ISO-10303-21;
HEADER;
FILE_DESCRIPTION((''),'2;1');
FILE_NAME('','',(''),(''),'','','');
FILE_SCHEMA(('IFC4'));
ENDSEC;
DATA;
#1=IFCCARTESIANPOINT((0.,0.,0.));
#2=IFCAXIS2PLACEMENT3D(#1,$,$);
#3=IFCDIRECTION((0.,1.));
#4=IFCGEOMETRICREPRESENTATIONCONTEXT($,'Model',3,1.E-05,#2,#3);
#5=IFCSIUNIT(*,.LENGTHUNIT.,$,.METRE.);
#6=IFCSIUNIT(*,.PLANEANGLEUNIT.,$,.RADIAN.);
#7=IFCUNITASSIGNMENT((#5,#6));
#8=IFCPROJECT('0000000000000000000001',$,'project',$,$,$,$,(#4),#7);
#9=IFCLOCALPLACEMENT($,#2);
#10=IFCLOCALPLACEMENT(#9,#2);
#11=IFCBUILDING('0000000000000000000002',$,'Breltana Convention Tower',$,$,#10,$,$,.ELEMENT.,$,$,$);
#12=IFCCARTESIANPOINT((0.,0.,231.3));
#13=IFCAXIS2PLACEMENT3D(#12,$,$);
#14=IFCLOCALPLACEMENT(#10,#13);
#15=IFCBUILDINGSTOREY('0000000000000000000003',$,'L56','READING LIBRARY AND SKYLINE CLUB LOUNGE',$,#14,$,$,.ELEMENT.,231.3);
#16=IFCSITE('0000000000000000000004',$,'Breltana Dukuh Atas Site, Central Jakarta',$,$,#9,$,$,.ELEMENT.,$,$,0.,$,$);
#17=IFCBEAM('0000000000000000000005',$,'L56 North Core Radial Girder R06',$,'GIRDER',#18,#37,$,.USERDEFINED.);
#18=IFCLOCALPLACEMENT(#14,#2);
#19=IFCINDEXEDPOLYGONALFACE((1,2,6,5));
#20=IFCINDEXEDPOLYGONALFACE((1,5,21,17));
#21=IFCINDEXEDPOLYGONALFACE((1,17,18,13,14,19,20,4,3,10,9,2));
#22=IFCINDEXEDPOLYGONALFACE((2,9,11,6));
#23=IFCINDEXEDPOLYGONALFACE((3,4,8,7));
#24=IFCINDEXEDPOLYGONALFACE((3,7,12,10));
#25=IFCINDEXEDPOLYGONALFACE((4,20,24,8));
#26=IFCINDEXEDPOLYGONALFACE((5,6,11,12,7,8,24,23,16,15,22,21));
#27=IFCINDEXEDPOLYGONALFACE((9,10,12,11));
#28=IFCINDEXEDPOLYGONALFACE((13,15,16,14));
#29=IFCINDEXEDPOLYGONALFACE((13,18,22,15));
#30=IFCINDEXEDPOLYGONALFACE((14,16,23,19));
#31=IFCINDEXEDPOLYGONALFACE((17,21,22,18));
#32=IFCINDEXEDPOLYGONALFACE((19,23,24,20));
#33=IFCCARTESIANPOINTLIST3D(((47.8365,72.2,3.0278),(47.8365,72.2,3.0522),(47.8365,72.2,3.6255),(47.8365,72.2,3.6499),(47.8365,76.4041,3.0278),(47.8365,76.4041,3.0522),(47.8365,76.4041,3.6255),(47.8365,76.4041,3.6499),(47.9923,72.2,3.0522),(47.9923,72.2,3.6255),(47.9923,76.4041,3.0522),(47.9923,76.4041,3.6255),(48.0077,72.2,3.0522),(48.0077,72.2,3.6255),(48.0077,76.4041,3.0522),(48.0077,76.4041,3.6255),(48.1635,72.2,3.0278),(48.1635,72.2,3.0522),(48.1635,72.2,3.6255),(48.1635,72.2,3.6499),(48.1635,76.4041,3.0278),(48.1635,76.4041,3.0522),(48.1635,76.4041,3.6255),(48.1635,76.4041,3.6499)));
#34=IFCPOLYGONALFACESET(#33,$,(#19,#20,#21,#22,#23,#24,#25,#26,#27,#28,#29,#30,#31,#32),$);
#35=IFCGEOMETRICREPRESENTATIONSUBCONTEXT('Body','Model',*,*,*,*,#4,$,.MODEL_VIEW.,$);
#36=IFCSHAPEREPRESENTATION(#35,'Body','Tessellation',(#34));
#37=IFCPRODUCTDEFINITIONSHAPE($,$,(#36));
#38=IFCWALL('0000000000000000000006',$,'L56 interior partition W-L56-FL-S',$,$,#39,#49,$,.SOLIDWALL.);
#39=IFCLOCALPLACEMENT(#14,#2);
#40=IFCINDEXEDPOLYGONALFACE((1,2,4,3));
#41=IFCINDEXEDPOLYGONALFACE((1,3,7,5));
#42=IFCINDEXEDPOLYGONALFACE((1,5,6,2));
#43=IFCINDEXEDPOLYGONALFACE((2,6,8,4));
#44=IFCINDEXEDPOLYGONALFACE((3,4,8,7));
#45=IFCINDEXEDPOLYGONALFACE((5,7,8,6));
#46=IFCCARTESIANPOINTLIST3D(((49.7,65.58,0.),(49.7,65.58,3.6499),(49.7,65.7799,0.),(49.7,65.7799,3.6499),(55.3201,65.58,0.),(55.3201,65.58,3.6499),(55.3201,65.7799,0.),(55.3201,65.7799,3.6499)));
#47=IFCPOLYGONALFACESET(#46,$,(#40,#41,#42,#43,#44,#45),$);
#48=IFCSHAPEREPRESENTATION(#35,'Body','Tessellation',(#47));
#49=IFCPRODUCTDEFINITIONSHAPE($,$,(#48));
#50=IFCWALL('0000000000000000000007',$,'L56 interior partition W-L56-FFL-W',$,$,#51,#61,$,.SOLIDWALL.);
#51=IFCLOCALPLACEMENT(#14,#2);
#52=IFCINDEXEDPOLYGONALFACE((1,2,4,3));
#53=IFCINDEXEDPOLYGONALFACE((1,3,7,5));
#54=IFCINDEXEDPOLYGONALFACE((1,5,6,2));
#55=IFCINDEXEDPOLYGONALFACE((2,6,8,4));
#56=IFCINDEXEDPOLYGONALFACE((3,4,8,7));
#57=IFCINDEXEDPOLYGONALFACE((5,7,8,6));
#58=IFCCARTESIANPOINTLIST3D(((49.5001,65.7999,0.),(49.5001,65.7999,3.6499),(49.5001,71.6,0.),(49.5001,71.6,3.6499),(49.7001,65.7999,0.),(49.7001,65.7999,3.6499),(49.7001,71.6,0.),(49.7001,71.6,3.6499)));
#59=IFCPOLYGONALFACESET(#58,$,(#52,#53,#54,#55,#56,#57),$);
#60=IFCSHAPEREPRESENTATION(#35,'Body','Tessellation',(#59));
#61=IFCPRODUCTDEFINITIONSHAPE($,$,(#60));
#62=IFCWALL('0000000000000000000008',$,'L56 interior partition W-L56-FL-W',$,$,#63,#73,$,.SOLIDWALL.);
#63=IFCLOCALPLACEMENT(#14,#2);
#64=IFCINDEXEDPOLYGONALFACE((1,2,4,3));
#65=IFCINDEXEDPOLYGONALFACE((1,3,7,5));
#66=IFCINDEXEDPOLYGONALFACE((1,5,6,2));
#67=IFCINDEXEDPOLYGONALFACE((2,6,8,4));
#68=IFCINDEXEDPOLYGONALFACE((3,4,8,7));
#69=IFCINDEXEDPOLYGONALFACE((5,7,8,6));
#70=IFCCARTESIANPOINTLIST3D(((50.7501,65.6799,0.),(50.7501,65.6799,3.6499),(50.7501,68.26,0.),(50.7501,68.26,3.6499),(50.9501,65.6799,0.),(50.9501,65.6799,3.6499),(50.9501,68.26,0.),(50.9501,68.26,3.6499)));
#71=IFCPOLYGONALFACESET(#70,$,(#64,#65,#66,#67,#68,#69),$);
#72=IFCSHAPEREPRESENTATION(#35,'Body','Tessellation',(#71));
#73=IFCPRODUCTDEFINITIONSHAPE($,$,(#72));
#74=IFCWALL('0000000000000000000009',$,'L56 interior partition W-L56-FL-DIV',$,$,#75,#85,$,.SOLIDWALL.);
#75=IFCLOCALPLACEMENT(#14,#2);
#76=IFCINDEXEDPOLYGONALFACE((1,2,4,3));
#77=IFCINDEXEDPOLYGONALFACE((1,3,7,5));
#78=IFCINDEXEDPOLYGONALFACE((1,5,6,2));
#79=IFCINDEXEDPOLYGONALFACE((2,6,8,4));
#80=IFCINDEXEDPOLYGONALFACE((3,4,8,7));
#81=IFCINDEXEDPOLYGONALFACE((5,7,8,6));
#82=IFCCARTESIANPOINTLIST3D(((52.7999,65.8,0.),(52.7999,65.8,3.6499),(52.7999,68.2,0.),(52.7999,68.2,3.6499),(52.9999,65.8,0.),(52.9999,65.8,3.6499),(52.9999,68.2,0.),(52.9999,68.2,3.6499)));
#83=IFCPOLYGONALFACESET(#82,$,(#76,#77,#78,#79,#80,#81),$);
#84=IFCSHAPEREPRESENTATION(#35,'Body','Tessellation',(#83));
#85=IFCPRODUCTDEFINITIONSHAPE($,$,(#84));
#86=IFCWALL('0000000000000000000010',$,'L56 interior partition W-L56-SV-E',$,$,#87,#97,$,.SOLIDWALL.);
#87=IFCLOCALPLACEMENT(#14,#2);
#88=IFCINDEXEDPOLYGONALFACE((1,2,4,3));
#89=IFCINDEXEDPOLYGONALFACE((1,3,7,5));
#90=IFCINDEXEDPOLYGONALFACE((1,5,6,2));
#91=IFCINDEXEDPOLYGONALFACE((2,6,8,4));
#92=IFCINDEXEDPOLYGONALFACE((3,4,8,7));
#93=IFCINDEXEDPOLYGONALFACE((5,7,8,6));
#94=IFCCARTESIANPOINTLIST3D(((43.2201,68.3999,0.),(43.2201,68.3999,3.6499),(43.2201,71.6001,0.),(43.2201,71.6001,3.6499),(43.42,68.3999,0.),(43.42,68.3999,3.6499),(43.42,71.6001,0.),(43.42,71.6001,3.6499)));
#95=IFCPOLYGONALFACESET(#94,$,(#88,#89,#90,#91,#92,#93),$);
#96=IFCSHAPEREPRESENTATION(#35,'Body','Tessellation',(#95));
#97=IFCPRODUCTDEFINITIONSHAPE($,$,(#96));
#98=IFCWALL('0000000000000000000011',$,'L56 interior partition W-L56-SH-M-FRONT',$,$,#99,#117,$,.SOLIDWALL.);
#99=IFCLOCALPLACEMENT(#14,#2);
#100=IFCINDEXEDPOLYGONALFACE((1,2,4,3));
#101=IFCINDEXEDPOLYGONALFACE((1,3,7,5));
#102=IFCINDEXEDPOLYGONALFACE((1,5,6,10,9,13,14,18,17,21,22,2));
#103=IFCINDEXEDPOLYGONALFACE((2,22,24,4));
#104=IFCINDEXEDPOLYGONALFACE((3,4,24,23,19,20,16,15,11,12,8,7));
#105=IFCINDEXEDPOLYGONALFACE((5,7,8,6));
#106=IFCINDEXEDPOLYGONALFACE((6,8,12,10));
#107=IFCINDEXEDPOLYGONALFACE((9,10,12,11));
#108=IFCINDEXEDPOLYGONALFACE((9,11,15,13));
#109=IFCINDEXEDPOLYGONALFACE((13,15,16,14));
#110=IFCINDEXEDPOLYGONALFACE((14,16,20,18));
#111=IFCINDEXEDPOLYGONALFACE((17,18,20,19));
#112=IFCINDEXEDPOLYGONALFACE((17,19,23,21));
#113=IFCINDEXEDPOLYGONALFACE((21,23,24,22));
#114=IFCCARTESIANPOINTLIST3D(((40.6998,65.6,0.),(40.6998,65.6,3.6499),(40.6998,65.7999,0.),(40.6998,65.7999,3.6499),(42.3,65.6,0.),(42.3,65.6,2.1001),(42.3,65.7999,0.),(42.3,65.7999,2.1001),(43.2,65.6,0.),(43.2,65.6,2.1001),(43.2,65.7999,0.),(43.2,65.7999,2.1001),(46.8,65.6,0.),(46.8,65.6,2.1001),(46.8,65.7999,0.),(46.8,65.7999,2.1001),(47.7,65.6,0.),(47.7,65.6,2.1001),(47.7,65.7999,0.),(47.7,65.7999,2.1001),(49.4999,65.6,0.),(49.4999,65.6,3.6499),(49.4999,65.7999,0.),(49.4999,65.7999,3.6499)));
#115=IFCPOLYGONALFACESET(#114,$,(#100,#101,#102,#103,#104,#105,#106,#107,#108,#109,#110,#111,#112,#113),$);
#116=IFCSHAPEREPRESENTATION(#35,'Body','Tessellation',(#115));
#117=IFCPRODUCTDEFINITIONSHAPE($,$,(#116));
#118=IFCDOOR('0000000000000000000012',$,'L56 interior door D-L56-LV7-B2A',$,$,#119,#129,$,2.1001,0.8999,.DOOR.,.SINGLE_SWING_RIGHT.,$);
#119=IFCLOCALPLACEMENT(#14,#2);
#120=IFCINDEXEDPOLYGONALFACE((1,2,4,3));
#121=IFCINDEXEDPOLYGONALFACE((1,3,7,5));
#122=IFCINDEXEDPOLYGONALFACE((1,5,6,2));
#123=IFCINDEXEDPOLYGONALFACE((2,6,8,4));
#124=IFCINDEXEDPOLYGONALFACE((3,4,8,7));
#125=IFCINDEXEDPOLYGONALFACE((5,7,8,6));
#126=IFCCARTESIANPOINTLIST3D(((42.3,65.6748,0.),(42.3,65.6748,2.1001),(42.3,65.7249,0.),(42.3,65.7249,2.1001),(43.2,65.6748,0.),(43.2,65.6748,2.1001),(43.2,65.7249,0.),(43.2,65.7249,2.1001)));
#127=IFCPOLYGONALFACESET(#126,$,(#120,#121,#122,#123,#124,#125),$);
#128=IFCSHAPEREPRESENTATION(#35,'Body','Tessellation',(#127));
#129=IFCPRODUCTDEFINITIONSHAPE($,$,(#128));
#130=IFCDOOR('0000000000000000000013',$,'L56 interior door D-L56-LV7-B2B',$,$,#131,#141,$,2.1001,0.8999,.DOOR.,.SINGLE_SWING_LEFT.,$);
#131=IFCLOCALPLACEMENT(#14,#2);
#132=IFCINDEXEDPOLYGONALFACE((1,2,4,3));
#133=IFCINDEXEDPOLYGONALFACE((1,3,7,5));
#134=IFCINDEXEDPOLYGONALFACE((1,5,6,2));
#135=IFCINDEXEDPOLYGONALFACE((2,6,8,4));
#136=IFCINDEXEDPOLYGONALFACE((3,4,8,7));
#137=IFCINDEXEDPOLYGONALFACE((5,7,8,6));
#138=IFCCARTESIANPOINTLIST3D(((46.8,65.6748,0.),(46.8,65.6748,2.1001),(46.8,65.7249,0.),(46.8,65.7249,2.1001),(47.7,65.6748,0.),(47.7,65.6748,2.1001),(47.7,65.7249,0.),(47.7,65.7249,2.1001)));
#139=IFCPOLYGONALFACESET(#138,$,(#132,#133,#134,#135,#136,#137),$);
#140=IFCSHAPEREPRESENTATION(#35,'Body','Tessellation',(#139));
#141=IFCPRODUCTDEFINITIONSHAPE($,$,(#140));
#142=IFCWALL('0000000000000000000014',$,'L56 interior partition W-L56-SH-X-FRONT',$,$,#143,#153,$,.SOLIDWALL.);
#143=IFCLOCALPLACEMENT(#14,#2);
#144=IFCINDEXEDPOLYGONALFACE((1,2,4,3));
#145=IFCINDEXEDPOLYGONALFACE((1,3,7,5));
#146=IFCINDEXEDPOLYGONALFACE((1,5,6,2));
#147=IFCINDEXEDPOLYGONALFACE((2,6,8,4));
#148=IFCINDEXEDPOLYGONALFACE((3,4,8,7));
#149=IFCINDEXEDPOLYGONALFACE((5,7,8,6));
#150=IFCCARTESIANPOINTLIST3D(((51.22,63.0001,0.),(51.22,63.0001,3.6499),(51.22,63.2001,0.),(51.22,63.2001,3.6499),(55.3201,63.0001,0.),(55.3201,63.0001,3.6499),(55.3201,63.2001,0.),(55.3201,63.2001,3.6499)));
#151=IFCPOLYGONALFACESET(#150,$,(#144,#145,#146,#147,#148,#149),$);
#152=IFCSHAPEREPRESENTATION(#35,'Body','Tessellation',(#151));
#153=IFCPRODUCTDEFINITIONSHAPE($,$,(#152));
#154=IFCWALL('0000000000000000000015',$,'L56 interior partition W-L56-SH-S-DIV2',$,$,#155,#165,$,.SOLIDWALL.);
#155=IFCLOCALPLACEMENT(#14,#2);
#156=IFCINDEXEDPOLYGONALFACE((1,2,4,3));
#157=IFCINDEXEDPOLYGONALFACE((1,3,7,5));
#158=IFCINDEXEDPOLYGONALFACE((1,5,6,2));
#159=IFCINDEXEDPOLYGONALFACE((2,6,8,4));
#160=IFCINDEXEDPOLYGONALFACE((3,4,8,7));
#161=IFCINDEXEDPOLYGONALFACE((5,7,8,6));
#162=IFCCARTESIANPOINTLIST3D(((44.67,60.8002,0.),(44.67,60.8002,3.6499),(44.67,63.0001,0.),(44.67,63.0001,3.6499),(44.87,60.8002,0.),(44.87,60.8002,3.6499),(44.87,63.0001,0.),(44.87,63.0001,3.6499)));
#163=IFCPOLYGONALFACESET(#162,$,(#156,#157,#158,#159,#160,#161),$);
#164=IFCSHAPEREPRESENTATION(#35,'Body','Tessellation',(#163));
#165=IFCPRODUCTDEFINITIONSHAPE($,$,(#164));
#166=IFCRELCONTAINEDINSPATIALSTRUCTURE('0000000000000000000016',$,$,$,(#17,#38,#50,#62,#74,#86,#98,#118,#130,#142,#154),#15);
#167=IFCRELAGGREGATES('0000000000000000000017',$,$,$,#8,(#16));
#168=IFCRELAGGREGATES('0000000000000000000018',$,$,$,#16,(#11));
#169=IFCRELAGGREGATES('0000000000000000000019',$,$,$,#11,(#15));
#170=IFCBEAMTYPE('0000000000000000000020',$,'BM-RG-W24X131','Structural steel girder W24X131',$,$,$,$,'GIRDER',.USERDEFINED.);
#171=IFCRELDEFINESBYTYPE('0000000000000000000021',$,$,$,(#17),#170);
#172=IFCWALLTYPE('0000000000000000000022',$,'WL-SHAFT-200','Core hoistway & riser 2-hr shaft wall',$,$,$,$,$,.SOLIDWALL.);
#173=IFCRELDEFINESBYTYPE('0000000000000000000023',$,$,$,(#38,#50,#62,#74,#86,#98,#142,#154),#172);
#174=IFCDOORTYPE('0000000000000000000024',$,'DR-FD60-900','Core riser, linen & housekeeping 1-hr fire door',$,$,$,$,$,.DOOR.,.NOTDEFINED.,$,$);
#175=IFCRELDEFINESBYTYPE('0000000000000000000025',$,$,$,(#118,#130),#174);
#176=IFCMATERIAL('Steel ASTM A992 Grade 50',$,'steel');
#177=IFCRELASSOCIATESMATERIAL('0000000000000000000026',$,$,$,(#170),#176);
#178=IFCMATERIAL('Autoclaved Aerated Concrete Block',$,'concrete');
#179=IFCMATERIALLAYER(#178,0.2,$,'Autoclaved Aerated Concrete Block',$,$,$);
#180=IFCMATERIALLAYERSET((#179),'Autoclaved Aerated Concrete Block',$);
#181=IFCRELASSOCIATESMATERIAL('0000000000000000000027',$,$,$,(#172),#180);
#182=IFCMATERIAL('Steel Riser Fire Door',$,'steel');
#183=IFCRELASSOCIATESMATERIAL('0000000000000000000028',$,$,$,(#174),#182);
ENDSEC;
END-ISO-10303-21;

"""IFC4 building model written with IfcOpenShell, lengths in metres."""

from ifc_helpers import new_model, si_unit, direction, frame, frame_2d, origin, origin_2d, place, context, subcontext, project, spatial, rectangle, i_section, extrude, source, transform, mapped, material, layer, layer_set, material_profile, profile_set, type_object, type_shapes, element, fill, save


model = new_model("IFC4")

# Units and contexts
model_context = context("Model", 3, precision=1e-05, world=origin(), true_north=direction((0.0, 1.0)))
body_context = subcontext(model_context, "Body", "Model", "MODEL_VIEW")
ifc_project = project(units=[si_unit("LENGTHUNIT", "METRE"), si_unit("PLANEANGLEUNIT", "RADIAN")], contexts=[model_context])

# Site, building, storey
site_placement = place(None, origin())
site = spatial("IfcSite", under=ifc_project, at=site_placement, Name="Breltana Dukuh Atas Site, Central Jakarta", CompositionType="ELEMENT", RefElevation=0.0)
building_placement = place(site_placement, origin())
building = spatial("IfcBuilding", under=site, at=building_placement, Name="Breltana Convention Tower", CompositionType="ELEMENT")
storey_placement = place(building_placement, frame((0.0, 0.0, 231.3)))
storey = spatial("IfcBuildingStorey", under=building, at=storey_placement, Name="L56", Description="READING LIBRARY AND SKYLINE CLUB LOUNGE", CompositionType="ELEMENT", Elevation=231.3)

# Beam
ifc_material_1 = material(Name="Steel ASTM A992 Grade 50", Category="steel")
ifc_material_profile = material_profile(ifc_material_1, i_section(OverallWidth=0.3269, OverallDepth=0.6221, WebThickness=0.0154, FlangeThickness=0.0244, at=origin_2d()), Name="W24X131")
ifc_profile_set = profile_set([ifc_material_profile], Name="Steel ASTM A992 Grade 50")
beam_type = type_object("IfcBeamType", Name="BM-RG-W24X131", Description="Structural steel girder W24X131", ElementType="GIRDER", PredefinedType="USERDEFINED", material=ifc_profile_set)
shared_shape_1 = source(origin(), body_context, "Body", "SweptSolid", [
    extrude(i_section(OverallWidth=0.3269, OverallDepth=0.6221, WebThickness=0.0154, FlangeThickness=0.0244, at=origin_2d()), origin(), (0.0, 0.0, 1.0), 4.2041),
])
beam_placement = place(storey_placement, frame((48.0, 72.2, 3.3389), z_axis=(0.0, 1.0, 0.0), x_axis=(-1.0, 0.0, 0.0)))
element("IfcBeam", 1, at=beam_placement, inside=storey, type_object=beam_type, Name="L56 North Core Radial Girder R06", ObjectType="GIRDER", PredefinedType="USERDEFINED", context=body_context, shape_type="MappedRepresentation", body=[
    mapped(shared_shape_1, transform((0.0, 0.0, 0.0), scale=1.0)),
])

# Shared definitions
ifc_material_2 = material(Name="Autoclaved Aerated Concrete Block", Category="concrete")
ifc_layer_1 = layer(ifc_material_2, 0.2, Name="Autoclaved Aerated Concrete Block")
ifc_layer_set_1 = layer_set([ifc_layer_1], Name="Autoclaved Aerated Concrete Block")
wall_type_1 = type_object("IfcWallType", Name="WL-SHAFT-200", Description="Core hoistway & riser 2-hr shaft wall", PredefinedType="SOLIDWALL", material=ifc_layer_set_1)
shared_shape_2 = source(origin(), body_context, "Body", "SweptSolid", [
    extrude(rectangle(XDim=5.6201, YDim=0.2, at=frame_2d((2.8101, 0.0))), origin(), (0.0, 0.0, 1.0), 3.6499),
])

# Walls
wall_1_placement = place(storey_placement, frame((49.7, 65.6799, 0.0), z_axis=(0.0, 0.0, 1.0), x_axis=(1.0, 0.0, 0.0)))
element("IfcWall", 2, at=wall_1_placement, inside=storey, type_object=wall_type_1, Name="L56 interior partition W-L56-FL-S", PredefinedType="SOLIDWALL", context=body_context, shape_type="MappedRepresentation", body=[
    mapped(shared_shape_2, transform((0.0, 0.0, 0.0), scale=1.0)),
])
shared_shape_3 = source(origin(), body_context, "Body", "SweptSolid", [
    extrude(rectangle(XDim=5.8, YDim=0.2, at=frame_2d((2.8999, 0.0))), origin(), (0.0, 0.0, 1.0), 3.6499),
])
wall_2_placement = place(storey_placement, frame((49.6001, 65.8, 0.0), z_axis=(0.0, 0.0, 1.0), x_axis=(0.0, 1.0, 0.0)))
element("IfcWall", 3, at=wall_2_placement, inside=storey, type_object=wall_type_1, Name="L56 interior partition W-L56-FFL-W", PredefinedType="SOLIDWALL", context=body_context, shape_type="MappedRepresentation", body=[
    mapped(shared_shape_3, transform((0.0, 0.0, 0.0), scale=1.0)),
])
shared_shape_4 = source(origin(), body_context, "Body", "SweptSolid", [
    extrude(rectangle(XDim=2.5801, YDim=0.2, at=frame_2d((1.29, 0.0))), origin(), (0.0, 0.0, 1.0), 3.6499),
])
wall_3_placement = place(storey_placement, frame((50.8501, 65.6799, 0.0), z_axis=(0.0, 0.0, 1.0), x_axis=(0.0, 1.0, 0.0)))
element("IfcWall", 4, at=wall_3_placement, inside=storey, type_object=wall_type_1, Name="L56 interior partition W-L56-FL-W", PredefinedType="SOLIDWALL", context=body_context, shape_type="MappedRepresentation", body=[
    mapped(shared_shape_4, transform((0.0, 0.0, 0.0), scale=1.0)),
])
shared_shape_5 = source(origin(), body_context, "Body", "SweptSolid", [
    extrude(rectangle(XDim=2.3999, YDim=0.2, at=frame_2d((1.2, 0.0))), origin(), (0.0, 0.0, 1.0), 3.6499),
])
wall_4_placement = place(storey_placement, frame((52.8999, 65.8, 0.0), z_axis=(0.0, 0.0, 1.0), x_axis=(0.0, 1.0, 0.0)))
element("IfcWall", 5, at=wall_4_placement, inside=storey, type_object=wall_type_1, Name="L56 interior partition W-L56-FL-DIV", PredefinedType="SOLIDWALL", context=body_context, shape_type="MappedRepresentation", body=[
    mapped(shared_shape_5, transform((0.0, 0.0, 0.0), scale=1.0)),
])
shared_shape_6 = source(origin(), body_context, "Body", "SweptSolid", [
    extrude(rectangle(XDim=3.2002, YDim=0.2, at=frame_2d((1.6001, 0.0))), origin(), (0.0, 0.0, 1.0), 3.6499),
])
wall_5_placement = place(storey_placement, frame((43.3201, 68.3999, 0.0), z_axis=(0.0, 0.0, 1.0), x_axis=(0.0, 1.0, 0.0)))
element("IfcWall", 6, at=wall_5_placement, inside=storey, type_object=wall_type_1, Name="L56 interior partition W-L56-SV-E", PredefinedType="SOLIDWALL", context=body_context, shape_type="MappedRepresentation", body=[
    mapped(shared_shape_6, transform((0.0, 0.0, 0.0), scale=1.0)),
])

# Wall, openings, doors
shared_shape_7 = source(origin(), body_context, "Body", "SweptSolid", [
    extrude(rectangle(XDim=8.8, YDim=0.2, at=frame_2d((4.3999, 0.0))), origin(), (0.0, 0.0, 1.0), 3.6499),
])
wall_6_placement = place(storey_placement, frame((40.7, 65.7, 0.0), z_axis=(0.0, 0.0, 1.0), x_axis=(1.0, 0.0, 0.0)))
wall_6 = element("IfcWall", 7, at=wall_6_placement, inside=storey, type_object=wall_type_1, Name="L56 interior partition W-L56-SH-M-FRONT", PredefinedType="SOLIDWALL", context=body_context, shape_type="MappedRepresentation", body=[
    mapped(shared_shape_7, transform((0.0, 0.0, 0.0), scale=1.0)),
])
opening_1_placement = place(wall_6_placement, frame((1.6001, 0.0, 0.0)))
opening_1 = element("IfcOpeningElement", 8, at=opening_1_placement, cuts=wall_6, PredefinedType="OPENING", context=body_context, shape_type="SweptSolid", body=[
    extrude(rectangle(XDim=0.8999, YDim=2.1001, at=frame_2d((0.45, 1.05))), frame((0.0, 0.1099, 0.0), z_axis=(0.0, -1.0, 0.0), x_axis=(1.0, 0.0, 0.0)), (0.0, 0.0, 1.0), 0.22),
])
opening_2_placement = place(wall_6_placement, frame((6.1001, 0.0, 0.0)))
opening_2 = element("IfcOpeningElement", 9, at=opening_2_placement, cuts=wall_6, PredefinedType="OPENING", context=body_context, shape_type="SweptSolid", body=[
    extrude(rectangle(XDim=0.8999, YDim=2.1001, at=frame_2d((0.45, 1.05))), frame((0.0, 0.1099, 0.0), z_axis=(0.0, -1.0, 0.0), x_axis=(1.0, 0.0, 0.0)), (0.0, 0.0, 1.0), 0.22),
])
ifc_material_3 = material(Name="Steel Riser Fire Door", Category="steel")
door_type_1 = type_object("IfcDoorType", Name="DR-FD60-900", Description="Core riser, linen & housekeeping 1-hr fire door", OperationType="NOTDEFINED", PredefinedType="DOOR", material=ifc_material_3)
shared_shape_8 = source(origin(), body_context, "Body", "SweptSolid", [
    extrude(rectangle(XDim=0.8999, YDim=2.1001, at=frame_2d((0.45, 1.05))), frame((0.0, 0.0249, 0.0), z_axis=(0.0, -1.0, 0.0), x_axis=(1.0, 0.0, 0.0)), (0.0, 0.0, 1.0), 0.05),
])
type_shapes(door_type_1, [shared_shape_8])
door_1_placement = place(opening_1_placement, origin())
door_1 = element("IfcDoor", 10, at=door_1_placement, inside=storey, type_object=door_type_1, Name="L56 interior door D-L56-LV7-B2A", OperationType="SINGLE_SWING_RIGHT", OverallHeight=2.1001, OverallWidth=0.8999, PredefinedType="DOOR", context=body_context, shape_type="MappedRepresentation", body=[
    mapped(shared_shape_8, transform((0.0, 0.0, 0.0), scale=1.0)),
])
fill(opening_1, door_1)
door_2_placement = place(opening_2_placement, origin())
door_2 = element("IfcDoor", 11, at=door_2_placement, inside=storey, type_object=door_type_1, Name="L56 interior door D-L56-LV7-B2B", OperationType="SINGLE_SWING_LEFT", OverallHeight=2.1001, OverallWidth=0.8999, PredefinedType="DOOR", context=body_context, shape_type="MappedRepresentation", body=[
    mapped(shared_shape_8, transform((0.0, 0.0, 0.0), scale=1.0)),
])
fill(opening_2, door_2)

# Walls
shared_shape_9 = source(origin(), body_context, "Body", "SweptSolid", [
    extrude(rectangle(XDim=4.1001, YDim=0.2, at=frame_2d((2.05, 0.0))), origin(), (0.0, 0.0, 1.0), 3.6499),
])
wall_7_placement = place(storey_placement, frame((51.22, 63.1001, 0.0), z_axis=(0.0, 0.0, 1.0), x_axis=(1.0, 0.0, 0.0)))
element("IfcWall", 12, at=wall_7_placement, inside=storey, type_object=wall_type_1, Name="L56 interior partition W-L56-SH-X-FRONT", PredefinedType="SOLIDWALL", context=body_context, shape_type="MappedRepresentation", body=[
    mapped(shared_shape_9, transform((0.0, 0.0, 0.0), scale=1.0)),
])
shared_shape_10 = source(origin(), body_context, "Body", "SweptSolid", [
    extrude(rectangle(XDim=2.2, YDim=0.2, at=frame_2d((1.1001, 0.0))), origin(), (0.0, 0.0, 1.0), 3.6499),
])
for number, where, z_axis, x_axis, name in (
    (13, (44.77, 60.8, 0.0), (0.0, 0.0, 1.0), (0.0, 1.0, 0.0), "L56 interior partition W-L56-SH-S-DIV2"),
):
    element("IfcWall", number, at=place(storey_placement, frame(where, z_axis=z_axis, x_axis=x_axis)), inside=storey, type_object=wall_type_1, Name=name, PredefinedType="SOLIDWALL", context=body_context, shape_type="MappedRepresentation", body=[
        mapped(shared_shape_10, transform((0.0, 0.0, 0.0), scale=1.0)),
    ])

save(model, "model.ifc")
